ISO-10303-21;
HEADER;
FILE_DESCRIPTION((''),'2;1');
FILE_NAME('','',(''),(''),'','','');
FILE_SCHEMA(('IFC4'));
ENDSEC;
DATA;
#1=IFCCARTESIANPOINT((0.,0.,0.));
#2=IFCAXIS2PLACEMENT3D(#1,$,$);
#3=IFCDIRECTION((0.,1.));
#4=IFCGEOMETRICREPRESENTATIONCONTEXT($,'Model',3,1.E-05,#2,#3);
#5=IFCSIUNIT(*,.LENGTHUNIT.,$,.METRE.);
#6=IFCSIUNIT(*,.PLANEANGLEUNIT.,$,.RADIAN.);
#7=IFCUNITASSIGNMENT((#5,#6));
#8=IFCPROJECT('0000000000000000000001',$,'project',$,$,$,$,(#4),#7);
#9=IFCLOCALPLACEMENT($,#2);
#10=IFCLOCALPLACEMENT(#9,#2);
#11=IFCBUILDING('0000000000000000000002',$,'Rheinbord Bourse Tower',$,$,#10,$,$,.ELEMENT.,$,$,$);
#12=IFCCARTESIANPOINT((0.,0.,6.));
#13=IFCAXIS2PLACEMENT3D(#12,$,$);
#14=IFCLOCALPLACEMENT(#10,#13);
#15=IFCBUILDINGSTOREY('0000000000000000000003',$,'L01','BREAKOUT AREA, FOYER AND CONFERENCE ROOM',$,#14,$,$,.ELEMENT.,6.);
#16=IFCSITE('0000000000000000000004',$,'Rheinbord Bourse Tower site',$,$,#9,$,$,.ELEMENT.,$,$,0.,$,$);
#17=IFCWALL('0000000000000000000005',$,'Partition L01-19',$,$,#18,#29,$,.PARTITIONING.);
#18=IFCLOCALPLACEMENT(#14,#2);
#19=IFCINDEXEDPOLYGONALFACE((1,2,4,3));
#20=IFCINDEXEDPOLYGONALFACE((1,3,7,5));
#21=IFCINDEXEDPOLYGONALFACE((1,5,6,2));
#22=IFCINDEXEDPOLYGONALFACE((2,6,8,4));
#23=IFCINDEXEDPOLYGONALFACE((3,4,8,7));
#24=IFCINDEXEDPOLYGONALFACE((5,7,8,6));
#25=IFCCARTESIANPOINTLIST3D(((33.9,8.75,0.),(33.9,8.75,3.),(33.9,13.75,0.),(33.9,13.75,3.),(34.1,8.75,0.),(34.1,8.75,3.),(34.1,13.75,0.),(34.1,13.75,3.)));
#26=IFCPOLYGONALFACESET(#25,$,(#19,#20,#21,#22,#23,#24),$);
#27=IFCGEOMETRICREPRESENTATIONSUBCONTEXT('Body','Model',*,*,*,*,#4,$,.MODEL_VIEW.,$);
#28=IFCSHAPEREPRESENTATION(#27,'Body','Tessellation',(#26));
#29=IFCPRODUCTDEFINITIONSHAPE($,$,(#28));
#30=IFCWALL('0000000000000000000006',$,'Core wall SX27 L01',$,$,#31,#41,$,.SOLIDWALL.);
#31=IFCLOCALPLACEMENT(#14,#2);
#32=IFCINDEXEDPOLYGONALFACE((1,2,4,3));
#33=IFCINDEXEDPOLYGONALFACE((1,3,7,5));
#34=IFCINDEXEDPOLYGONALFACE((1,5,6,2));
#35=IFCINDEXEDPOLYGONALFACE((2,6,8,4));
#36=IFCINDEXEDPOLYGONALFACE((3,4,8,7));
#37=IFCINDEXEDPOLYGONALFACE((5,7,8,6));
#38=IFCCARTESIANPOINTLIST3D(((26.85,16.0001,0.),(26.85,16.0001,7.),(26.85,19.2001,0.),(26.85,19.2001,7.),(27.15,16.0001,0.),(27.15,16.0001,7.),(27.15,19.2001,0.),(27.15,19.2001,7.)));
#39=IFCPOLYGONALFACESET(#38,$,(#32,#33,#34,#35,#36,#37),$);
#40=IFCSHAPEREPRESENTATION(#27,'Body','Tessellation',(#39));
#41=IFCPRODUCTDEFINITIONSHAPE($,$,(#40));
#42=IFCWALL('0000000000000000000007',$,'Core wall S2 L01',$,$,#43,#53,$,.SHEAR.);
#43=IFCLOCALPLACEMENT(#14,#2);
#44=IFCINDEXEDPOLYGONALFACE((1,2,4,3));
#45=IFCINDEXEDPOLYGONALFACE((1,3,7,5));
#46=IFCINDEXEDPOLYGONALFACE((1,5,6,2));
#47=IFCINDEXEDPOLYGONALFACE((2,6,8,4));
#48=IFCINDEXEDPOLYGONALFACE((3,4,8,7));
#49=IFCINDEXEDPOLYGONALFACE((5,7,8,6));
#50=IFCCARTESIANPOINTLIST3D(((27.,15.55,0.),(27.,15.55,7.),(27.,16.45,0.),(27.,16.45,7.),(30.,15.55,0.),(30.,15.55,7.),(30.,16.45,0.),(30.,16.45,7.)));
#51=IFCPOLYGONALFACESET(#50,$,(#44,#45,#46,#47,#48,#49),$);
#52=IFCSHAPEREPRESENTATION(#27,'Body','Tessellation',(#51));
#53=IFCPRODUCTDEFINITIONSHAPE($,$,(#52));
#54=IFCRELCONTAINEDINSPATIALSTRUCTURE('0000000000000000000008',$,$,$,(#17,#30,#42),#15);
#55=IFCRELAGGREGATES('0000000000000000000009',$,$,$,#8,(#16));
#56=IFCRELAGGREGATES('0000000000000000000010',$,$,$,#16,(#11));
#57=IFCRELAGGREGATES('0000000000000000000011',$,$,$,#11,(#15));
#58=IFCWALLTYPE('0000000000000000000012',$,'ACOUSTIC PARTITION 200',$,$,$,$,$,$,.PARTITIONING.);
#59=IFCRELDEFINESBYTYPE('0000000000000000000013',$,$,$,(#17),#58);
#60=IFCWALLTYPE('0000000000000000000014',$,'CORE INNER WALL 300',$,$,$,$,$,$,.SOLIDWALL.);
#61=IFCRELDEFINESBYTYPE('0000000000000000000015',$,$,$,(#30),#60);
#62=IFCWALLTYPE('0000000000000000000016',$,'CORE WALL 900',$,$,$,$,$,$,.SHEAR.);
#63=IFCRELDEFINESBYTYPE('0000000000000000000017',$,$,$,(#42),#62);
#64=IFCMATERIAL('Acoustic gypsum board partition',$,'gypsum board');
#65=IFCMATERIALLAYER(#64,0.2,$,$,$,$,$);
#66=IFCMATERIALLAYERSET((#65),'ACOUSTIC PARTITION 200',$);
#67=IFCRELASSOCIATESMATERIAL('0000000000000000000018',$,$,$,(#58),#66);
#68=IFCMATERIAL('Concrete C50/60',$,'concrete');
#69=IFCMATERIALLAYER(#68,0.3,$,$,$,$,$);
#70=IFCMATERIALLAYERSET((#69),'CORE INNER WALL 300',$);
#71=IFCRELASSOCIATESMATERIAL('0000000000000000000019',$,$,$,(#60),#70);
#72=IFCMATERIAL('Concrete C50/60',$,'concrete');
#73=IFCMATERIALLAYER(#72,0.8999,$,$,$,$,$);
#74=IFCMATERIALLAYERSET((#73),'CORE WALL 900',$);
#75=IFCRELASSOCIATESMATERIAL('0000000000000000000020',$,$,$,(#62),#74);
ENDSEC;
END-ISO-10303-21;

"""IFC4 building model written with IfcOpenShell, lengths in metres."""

from ifc_helpers import new_model, si_unit, direction, frame, frame_2d, origin, place, context, subcontext, project, spatial, rectangle, extrude, material, layer, layer_set, type_object, element, save


model = new_model("IFC4")

# Units and contexts
model_context = context("Model", 3, precision=1e-05, world=origin(), true_north=direction((0.0, 1.0)))
body_context = subcontext(model_context, "Body", "Model", "MODEL_VIEW")
ifc_project = project(units=[si_unit("LENGTHUNIT", "METRE"), si_unit("PLANEANGLEUNIT", "RADIAN")], contexts=[model_context])

# Site, building, storey
site_placement = place(None, origin())
site = spatial("IfcSite", under=ifc_project, at=site_placement, Name="Rheinbord Bourse Tower site", CompositionType="ELEMENT", RefElevation=0.0)
building_placement = place(site_placement, origin())
building = spatial("IfcBuilding", under=site, at=building_placement, Name="Rheinbord Bourse Tower", CompositionType="ELEMENT")
storey_placement = place(building_placement, frame((0.0, 0.0, 6.0)))
storey = spatial("IfcBuildingStorey", under=building, at=storey_placement, Name="L01", Description="BREAKOUT AREA, FOYER AND CONFERENCE ROOM", CompositionType="ELEMENT", Elevation=6.0)

# Shared definitions
ifc_material_1 = material(Name="Acoustic gypsum board partition", Category="gypsum board")
ifc_layer_1 = layer(ifc_material_1, 0.2)
ifc_layer_set_1 = layer_set([ifc_layer_1], Name="ACOUSTIC PARTITION 200")
wall_type_1 = type_object("IfcWallType", Name="ACOUSTIC PARTITION 200", PredefinedType="PARTITIONING", material=ifc_layer_set_1)

# Walls
for number, where, z_axis, x_axis, name in (
    (1, (34.0, 8.75, 0.0), (0.0, 0.0, 1.0), (0.0, 1.0, 0.0), "Partition L01-19"),
):
    element("IfcWall", number, at=place(storey_placement, frame(where, z_axis=z_axis, x_axis=x_axis)), inside=storey, type_object=wall_type_1, Name=name, PredefinedType="PARTITIONING", context=body_context, shape_type="SweptSolid", body=[
        extrude(rectangle(XDim=5.0, YDim=0.2, at=frame_2d((2.5, 0.0))), origin(), (0.0, 0.0, 1.0), 3.0),
    ])
ifc_material_2 = material(Name="Concrete C50/60", Category="concrete")
ifc_layer_2 = layer(ifc_material_2, 0.3)
ifc_layer_set_2 = layer_set([ifc_layer_2], Name="CORE INNER WALL 300")
wall_type_2 = type_object("IfcWallType", Name="CORE INNER WALL 300", PredefinedType="SOLIDWALL", material=ifc_layer_set_2)
wall_1_placement = place(storey_placement, frame((27.0, 16.0, 0.0), z_axis=(0.0, 0.0, 1.0), x_axis=(0.0, 1.0, 0.0)))
element("IfcWall", 2, at=wall_1_placement, inside=storey, type_object=wall_type_2, Name="Core wall SX27 L01", PredefinedType="SOLIDWALL", context=body_context, shape_type="SweptSolid", body=[
    extrude(rectangle(XDim=3.2, YDim=0.3, at=frame_2d((1.6001, 0.0))), origin(), (0.0, 0.0, 1.0), 7.0),
])
ifc_material_3 = material(Name="Concrete C50/60", Category="concrete")
ifc_layer_3 = layer(ifc_material_3, 0.8999)
ifc_layer_set_3 = layer_set([ifc_layer_3], Name="CORE WALL 900")
wall_type_3 = type_object("IfcWallType", Name="CORE WALL 900", PredefinedType="SHEAR", material=ifc_layer_set_3)
wall_2_placement = place(storey_placement, frame((27.0, 16.0, 0.0), z_axis=(0.0, 0.0, 1.0), x_axis=(1.0, 0.0, 0.0)))
element("IfcWall", 3, at=wall_2_placement, inside=storey, type_object=wall_type_3, Name="Core wall S2 L01", PredefinedType="SHEAR", context=body_context, shape_type="SweptSolid", body=[
    extrude(rectangle(XDim=3.0, YDim=0.8999, at=frame_2d((1.5, 0.0))), origin(), (0.0, 0.0, 1.0), 7.0),
])

save(model, "model.ifc")
